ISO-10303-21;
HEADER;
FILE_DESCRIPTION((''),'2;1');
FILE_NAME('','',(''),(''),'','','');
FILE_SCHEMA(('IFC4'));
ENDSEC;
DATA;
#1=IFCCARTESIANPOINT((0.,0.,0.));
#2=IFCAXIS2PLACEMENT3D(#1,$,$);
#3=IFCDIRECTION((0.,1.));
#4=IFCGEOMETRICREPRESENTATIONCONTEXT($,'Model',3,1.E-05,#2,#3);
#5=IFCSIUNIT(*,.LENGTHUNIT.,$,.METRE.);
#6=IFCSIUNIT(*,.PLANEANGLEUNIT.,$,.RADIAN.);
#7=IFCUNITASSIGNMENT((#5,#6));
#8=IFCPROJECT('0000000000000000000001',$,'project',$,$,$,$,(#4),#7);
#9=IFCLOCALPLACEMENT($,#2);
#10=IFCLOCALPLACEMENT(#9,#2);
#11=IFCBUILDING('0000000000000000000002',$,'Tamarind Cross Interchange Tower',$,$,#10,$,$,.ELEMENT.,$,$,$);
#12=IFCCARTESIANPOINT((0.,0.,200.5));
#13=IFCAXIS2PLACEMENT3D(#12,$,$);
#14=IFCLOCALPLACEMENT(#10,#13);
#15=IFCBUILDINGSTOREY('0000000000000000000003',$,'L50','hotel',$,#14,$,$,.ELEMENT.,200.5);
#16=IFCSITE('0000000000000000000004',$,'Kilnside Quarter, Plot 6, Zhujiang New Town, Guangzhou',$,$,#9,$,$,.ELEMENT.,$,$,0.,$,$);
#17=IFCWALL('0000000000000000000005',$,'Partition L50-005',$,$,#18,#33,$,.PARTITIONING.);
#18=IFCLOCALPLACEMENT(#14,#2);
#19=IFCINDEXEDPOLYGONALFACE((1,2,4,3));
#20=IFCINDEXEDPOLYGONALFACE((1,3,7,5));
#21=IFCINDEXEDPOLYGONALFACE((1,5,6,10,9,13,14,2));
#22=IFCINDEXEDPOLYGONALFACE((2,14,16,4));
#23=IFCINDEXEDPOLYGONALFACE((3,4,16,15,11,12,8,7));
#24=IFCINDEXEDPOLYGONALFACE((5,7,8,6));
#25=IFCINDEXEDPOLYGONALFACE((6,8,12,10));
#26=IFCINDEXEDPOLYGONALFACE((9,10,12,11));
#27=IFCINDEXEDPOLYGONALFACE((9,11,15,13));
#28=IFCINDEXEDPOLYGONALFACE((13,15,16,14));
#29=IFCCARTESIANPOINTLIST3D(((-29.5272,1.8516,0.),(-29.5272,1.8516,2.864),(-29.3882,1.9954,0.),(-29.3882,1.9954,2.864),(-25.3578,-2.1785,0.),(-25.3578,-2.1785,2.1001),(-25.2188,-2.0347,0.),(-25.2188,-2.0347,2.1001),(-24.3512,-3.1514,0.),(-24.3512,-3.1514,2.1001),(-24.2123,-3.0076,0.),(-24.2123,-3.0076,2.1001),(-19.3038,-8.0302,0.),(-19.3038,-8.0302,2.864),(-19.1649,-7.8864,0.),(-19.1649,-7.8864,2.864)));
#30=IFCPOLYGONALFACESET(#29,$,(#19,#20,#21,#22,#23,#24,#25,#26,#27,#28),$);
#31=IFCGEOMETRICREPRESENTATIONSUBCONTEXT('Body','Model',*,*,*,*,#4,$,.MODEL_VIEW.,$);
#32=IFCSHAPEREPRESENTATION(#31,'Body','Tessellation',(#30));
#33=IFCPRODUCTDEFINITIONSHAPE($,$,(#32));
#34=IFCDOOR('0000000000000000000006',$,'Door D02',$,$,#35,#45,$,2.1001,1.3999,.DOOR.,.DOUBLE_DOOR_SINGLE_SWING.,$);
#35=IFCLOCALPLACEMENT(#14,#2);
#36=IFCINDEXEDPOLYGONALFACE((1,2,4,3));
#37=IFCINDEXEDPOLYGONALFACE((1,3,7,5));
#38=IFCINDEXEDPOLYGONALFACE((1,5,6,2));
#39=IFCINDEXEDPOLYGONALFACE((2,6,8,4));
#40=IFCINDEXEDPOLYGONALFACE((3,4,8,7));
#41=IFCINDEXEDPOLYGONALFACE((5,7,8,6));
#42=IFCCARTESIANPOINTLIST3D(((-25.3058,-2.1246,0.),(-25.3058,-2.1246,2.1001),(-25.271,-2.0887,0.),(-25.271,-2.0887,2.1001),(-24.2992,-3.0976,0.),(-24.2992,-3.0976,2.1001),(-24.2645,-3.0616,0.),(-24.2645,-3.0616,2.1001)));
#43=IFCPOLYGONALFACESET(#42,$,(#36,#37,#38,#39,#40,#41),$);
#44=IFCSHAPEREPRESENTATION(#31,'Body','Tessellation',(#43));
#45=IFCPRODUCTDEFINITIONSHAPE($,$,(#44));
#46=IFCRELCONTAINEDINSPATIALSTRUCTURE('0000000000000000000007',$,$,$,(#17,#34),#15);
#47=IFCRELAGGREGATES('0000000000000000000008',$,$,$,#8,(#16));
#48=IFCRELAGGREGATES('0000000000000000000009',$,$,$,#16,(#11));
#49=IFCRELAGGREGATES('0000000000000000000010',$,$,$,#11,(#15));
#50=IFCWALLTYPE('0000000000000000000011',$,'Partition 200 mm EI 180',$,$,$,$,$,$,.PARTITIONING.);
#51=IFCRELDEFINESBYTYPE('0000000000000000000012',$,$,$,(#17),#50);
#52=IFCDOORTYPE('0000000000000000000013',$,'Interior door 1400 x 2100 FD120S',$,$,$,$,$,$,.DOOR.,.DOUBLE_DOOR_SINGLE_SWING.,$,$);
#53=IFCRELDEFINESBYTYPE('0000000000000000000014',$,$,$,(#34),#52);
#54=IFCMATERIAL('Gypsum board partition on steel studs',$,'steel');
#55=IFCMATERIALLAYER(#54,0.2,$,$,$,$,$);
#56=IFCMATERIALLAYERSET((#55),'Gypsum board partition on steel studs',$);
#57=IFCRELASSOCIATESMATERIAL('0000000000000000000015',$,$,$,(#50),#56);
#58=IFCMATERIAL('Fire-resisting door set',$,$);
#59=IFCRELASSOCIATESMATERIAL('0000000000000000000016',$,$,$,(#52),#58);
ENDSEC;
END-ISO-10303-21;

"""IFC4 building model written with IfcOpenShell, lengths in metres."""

from ifc_helpers import new_model, si_unit, direction, frame, frame_2d, origin, place, context, subcontext, project, spatial, rectangle, extrude, material, layer, layer_set, type_object, element, fill, save


model = new_model("IFC4")

# Units and contexts
model_context = context("Model", 3, precision=1e-05, world=origin(), true_north=direction((0.0, 1.0)))
body_context = subcontext(model_context, "Body", "Model", "MODEL_VIEW")
ifc_project = project(units=[si_unit("LENGTHUNIT", "METRE"), si_unit("PLANEANGLEUNIT", "RADIAN")], contexts=[model_context])

# Site, building, storey
site_placement = place(None, origin())
site = spatial("IfcSite", under=ifc_project, at=site_placement, Name="Kilnside Quarter, Plot 6, Zhujiang New Town, Guangzhou", CompositionType="ELEMENT", RefElevation=0.0)
building_placement = place(site_placement, origin())
building = spatial("IfcBuilding", under=site, at=building_placement, Name="Tamarind Cross Interchange Tower", CompositionType="ELEMENT")
storey_placement = place(building_placement, frame((0.0, 0.0, 200.5)))
storey = spatial("IfcBuildingStorey", under=building, at=storey_placement, Name="L50", Description="hotel", CompositionType="ELEMENT", Elevation=200.5)

# Shared definitions
ifc_material_1 = material(Name="Gypsum board partition on steel studs", Category="steel")

# Wall, opening, door
ifc_layer_1 = layer(ifc_material_1, 0.2)
ifc_layer_set_1 = layer_set([ifc_layer_1], Name="Gypsum board partition on steel studs")
wall_type_1 = type_object("IfcWallType", Name="Partition 200 mm EI 180", PredefinedType="PARTITIONING", material=ifc_layer_set_1)
wall_1_placement = place(storey_placement, frame((-29.4578, 1.9236, 0.0), z_axis=(0.0, 0.0, 1.0), x_axis=(0.719016, -0.694994, 0.0)))
wall_1 = element("IfcWall", 1, at=wall_1_placement, inside=storey, type_object=wall_type_1, Name="Partition L50-005", PredefinedType="PARTITIONING", context=body_context, shape_type="SweptSolid", body=[
    extrude(rectangle(XDim=14.2185, YDim=0.2, at=frame_2d((7.1094, 0.0))), origin(), (0.0, 0.0, 1.0), 2.864),
])
opening_1_placement = place(wall_1_placement, frame((5.7988, 0.0, 0.0)))
opening_1 = element("IfcOpeningElement", 2, at=opening_1_placement, cuts=wall_1, PredefinedType="OPENING", context=body_context, shape_type="SweptSolid", body=[
    extrude(rectangle(XDim=1.3999, YDim=2.1001, at=frame_2d((0.7, 1.05))), frame((0.0, 0.1099, 0.0), z_axis=(0.0, -1.0, 0.0), x_axis=(1.0, 0.0, 0.0)), (0.0, 0.0, 1.0), 0.22),
])
ifc_material_2 = material(Name="Fire-resisting door set")
door_type_1 = type_object("IfcDoorType", Name="Interior door 1400 x 2100 FD120S", OperationType="DOUBLE_DOOR_SINGLE_SWING", PredefinedType="DOOR", material=ifc_material_2)
door_1_placement = place(opening_1_placement, origin())
door_1 = element("IfcDoor", 3, at=door_1_placement, inside=storey, type_object=door_type_1, Name="Door D02", OperationType="DOUBLE_DOOR_SINGLE_SWING", OverallHeight=2.1001, OverallWidth=1.3999, PredefinedType="DOOR", context=body_context, shape_type="SweptSolid", body=[
    extrude(rectangle(XDim=1.3999, YDim=2.1001, at=frame_2d((0.7, 1.05))), frame((0.0, 0.0249, 0.0), z_axis=(0.0, -1.0, 0.0), x_axis=(1.0, 0.0, 0.0)), (0.0, 0.0, 1.0), 0.05),
])
fill(opening_1, door_1)

save(model, "model.ifc")
